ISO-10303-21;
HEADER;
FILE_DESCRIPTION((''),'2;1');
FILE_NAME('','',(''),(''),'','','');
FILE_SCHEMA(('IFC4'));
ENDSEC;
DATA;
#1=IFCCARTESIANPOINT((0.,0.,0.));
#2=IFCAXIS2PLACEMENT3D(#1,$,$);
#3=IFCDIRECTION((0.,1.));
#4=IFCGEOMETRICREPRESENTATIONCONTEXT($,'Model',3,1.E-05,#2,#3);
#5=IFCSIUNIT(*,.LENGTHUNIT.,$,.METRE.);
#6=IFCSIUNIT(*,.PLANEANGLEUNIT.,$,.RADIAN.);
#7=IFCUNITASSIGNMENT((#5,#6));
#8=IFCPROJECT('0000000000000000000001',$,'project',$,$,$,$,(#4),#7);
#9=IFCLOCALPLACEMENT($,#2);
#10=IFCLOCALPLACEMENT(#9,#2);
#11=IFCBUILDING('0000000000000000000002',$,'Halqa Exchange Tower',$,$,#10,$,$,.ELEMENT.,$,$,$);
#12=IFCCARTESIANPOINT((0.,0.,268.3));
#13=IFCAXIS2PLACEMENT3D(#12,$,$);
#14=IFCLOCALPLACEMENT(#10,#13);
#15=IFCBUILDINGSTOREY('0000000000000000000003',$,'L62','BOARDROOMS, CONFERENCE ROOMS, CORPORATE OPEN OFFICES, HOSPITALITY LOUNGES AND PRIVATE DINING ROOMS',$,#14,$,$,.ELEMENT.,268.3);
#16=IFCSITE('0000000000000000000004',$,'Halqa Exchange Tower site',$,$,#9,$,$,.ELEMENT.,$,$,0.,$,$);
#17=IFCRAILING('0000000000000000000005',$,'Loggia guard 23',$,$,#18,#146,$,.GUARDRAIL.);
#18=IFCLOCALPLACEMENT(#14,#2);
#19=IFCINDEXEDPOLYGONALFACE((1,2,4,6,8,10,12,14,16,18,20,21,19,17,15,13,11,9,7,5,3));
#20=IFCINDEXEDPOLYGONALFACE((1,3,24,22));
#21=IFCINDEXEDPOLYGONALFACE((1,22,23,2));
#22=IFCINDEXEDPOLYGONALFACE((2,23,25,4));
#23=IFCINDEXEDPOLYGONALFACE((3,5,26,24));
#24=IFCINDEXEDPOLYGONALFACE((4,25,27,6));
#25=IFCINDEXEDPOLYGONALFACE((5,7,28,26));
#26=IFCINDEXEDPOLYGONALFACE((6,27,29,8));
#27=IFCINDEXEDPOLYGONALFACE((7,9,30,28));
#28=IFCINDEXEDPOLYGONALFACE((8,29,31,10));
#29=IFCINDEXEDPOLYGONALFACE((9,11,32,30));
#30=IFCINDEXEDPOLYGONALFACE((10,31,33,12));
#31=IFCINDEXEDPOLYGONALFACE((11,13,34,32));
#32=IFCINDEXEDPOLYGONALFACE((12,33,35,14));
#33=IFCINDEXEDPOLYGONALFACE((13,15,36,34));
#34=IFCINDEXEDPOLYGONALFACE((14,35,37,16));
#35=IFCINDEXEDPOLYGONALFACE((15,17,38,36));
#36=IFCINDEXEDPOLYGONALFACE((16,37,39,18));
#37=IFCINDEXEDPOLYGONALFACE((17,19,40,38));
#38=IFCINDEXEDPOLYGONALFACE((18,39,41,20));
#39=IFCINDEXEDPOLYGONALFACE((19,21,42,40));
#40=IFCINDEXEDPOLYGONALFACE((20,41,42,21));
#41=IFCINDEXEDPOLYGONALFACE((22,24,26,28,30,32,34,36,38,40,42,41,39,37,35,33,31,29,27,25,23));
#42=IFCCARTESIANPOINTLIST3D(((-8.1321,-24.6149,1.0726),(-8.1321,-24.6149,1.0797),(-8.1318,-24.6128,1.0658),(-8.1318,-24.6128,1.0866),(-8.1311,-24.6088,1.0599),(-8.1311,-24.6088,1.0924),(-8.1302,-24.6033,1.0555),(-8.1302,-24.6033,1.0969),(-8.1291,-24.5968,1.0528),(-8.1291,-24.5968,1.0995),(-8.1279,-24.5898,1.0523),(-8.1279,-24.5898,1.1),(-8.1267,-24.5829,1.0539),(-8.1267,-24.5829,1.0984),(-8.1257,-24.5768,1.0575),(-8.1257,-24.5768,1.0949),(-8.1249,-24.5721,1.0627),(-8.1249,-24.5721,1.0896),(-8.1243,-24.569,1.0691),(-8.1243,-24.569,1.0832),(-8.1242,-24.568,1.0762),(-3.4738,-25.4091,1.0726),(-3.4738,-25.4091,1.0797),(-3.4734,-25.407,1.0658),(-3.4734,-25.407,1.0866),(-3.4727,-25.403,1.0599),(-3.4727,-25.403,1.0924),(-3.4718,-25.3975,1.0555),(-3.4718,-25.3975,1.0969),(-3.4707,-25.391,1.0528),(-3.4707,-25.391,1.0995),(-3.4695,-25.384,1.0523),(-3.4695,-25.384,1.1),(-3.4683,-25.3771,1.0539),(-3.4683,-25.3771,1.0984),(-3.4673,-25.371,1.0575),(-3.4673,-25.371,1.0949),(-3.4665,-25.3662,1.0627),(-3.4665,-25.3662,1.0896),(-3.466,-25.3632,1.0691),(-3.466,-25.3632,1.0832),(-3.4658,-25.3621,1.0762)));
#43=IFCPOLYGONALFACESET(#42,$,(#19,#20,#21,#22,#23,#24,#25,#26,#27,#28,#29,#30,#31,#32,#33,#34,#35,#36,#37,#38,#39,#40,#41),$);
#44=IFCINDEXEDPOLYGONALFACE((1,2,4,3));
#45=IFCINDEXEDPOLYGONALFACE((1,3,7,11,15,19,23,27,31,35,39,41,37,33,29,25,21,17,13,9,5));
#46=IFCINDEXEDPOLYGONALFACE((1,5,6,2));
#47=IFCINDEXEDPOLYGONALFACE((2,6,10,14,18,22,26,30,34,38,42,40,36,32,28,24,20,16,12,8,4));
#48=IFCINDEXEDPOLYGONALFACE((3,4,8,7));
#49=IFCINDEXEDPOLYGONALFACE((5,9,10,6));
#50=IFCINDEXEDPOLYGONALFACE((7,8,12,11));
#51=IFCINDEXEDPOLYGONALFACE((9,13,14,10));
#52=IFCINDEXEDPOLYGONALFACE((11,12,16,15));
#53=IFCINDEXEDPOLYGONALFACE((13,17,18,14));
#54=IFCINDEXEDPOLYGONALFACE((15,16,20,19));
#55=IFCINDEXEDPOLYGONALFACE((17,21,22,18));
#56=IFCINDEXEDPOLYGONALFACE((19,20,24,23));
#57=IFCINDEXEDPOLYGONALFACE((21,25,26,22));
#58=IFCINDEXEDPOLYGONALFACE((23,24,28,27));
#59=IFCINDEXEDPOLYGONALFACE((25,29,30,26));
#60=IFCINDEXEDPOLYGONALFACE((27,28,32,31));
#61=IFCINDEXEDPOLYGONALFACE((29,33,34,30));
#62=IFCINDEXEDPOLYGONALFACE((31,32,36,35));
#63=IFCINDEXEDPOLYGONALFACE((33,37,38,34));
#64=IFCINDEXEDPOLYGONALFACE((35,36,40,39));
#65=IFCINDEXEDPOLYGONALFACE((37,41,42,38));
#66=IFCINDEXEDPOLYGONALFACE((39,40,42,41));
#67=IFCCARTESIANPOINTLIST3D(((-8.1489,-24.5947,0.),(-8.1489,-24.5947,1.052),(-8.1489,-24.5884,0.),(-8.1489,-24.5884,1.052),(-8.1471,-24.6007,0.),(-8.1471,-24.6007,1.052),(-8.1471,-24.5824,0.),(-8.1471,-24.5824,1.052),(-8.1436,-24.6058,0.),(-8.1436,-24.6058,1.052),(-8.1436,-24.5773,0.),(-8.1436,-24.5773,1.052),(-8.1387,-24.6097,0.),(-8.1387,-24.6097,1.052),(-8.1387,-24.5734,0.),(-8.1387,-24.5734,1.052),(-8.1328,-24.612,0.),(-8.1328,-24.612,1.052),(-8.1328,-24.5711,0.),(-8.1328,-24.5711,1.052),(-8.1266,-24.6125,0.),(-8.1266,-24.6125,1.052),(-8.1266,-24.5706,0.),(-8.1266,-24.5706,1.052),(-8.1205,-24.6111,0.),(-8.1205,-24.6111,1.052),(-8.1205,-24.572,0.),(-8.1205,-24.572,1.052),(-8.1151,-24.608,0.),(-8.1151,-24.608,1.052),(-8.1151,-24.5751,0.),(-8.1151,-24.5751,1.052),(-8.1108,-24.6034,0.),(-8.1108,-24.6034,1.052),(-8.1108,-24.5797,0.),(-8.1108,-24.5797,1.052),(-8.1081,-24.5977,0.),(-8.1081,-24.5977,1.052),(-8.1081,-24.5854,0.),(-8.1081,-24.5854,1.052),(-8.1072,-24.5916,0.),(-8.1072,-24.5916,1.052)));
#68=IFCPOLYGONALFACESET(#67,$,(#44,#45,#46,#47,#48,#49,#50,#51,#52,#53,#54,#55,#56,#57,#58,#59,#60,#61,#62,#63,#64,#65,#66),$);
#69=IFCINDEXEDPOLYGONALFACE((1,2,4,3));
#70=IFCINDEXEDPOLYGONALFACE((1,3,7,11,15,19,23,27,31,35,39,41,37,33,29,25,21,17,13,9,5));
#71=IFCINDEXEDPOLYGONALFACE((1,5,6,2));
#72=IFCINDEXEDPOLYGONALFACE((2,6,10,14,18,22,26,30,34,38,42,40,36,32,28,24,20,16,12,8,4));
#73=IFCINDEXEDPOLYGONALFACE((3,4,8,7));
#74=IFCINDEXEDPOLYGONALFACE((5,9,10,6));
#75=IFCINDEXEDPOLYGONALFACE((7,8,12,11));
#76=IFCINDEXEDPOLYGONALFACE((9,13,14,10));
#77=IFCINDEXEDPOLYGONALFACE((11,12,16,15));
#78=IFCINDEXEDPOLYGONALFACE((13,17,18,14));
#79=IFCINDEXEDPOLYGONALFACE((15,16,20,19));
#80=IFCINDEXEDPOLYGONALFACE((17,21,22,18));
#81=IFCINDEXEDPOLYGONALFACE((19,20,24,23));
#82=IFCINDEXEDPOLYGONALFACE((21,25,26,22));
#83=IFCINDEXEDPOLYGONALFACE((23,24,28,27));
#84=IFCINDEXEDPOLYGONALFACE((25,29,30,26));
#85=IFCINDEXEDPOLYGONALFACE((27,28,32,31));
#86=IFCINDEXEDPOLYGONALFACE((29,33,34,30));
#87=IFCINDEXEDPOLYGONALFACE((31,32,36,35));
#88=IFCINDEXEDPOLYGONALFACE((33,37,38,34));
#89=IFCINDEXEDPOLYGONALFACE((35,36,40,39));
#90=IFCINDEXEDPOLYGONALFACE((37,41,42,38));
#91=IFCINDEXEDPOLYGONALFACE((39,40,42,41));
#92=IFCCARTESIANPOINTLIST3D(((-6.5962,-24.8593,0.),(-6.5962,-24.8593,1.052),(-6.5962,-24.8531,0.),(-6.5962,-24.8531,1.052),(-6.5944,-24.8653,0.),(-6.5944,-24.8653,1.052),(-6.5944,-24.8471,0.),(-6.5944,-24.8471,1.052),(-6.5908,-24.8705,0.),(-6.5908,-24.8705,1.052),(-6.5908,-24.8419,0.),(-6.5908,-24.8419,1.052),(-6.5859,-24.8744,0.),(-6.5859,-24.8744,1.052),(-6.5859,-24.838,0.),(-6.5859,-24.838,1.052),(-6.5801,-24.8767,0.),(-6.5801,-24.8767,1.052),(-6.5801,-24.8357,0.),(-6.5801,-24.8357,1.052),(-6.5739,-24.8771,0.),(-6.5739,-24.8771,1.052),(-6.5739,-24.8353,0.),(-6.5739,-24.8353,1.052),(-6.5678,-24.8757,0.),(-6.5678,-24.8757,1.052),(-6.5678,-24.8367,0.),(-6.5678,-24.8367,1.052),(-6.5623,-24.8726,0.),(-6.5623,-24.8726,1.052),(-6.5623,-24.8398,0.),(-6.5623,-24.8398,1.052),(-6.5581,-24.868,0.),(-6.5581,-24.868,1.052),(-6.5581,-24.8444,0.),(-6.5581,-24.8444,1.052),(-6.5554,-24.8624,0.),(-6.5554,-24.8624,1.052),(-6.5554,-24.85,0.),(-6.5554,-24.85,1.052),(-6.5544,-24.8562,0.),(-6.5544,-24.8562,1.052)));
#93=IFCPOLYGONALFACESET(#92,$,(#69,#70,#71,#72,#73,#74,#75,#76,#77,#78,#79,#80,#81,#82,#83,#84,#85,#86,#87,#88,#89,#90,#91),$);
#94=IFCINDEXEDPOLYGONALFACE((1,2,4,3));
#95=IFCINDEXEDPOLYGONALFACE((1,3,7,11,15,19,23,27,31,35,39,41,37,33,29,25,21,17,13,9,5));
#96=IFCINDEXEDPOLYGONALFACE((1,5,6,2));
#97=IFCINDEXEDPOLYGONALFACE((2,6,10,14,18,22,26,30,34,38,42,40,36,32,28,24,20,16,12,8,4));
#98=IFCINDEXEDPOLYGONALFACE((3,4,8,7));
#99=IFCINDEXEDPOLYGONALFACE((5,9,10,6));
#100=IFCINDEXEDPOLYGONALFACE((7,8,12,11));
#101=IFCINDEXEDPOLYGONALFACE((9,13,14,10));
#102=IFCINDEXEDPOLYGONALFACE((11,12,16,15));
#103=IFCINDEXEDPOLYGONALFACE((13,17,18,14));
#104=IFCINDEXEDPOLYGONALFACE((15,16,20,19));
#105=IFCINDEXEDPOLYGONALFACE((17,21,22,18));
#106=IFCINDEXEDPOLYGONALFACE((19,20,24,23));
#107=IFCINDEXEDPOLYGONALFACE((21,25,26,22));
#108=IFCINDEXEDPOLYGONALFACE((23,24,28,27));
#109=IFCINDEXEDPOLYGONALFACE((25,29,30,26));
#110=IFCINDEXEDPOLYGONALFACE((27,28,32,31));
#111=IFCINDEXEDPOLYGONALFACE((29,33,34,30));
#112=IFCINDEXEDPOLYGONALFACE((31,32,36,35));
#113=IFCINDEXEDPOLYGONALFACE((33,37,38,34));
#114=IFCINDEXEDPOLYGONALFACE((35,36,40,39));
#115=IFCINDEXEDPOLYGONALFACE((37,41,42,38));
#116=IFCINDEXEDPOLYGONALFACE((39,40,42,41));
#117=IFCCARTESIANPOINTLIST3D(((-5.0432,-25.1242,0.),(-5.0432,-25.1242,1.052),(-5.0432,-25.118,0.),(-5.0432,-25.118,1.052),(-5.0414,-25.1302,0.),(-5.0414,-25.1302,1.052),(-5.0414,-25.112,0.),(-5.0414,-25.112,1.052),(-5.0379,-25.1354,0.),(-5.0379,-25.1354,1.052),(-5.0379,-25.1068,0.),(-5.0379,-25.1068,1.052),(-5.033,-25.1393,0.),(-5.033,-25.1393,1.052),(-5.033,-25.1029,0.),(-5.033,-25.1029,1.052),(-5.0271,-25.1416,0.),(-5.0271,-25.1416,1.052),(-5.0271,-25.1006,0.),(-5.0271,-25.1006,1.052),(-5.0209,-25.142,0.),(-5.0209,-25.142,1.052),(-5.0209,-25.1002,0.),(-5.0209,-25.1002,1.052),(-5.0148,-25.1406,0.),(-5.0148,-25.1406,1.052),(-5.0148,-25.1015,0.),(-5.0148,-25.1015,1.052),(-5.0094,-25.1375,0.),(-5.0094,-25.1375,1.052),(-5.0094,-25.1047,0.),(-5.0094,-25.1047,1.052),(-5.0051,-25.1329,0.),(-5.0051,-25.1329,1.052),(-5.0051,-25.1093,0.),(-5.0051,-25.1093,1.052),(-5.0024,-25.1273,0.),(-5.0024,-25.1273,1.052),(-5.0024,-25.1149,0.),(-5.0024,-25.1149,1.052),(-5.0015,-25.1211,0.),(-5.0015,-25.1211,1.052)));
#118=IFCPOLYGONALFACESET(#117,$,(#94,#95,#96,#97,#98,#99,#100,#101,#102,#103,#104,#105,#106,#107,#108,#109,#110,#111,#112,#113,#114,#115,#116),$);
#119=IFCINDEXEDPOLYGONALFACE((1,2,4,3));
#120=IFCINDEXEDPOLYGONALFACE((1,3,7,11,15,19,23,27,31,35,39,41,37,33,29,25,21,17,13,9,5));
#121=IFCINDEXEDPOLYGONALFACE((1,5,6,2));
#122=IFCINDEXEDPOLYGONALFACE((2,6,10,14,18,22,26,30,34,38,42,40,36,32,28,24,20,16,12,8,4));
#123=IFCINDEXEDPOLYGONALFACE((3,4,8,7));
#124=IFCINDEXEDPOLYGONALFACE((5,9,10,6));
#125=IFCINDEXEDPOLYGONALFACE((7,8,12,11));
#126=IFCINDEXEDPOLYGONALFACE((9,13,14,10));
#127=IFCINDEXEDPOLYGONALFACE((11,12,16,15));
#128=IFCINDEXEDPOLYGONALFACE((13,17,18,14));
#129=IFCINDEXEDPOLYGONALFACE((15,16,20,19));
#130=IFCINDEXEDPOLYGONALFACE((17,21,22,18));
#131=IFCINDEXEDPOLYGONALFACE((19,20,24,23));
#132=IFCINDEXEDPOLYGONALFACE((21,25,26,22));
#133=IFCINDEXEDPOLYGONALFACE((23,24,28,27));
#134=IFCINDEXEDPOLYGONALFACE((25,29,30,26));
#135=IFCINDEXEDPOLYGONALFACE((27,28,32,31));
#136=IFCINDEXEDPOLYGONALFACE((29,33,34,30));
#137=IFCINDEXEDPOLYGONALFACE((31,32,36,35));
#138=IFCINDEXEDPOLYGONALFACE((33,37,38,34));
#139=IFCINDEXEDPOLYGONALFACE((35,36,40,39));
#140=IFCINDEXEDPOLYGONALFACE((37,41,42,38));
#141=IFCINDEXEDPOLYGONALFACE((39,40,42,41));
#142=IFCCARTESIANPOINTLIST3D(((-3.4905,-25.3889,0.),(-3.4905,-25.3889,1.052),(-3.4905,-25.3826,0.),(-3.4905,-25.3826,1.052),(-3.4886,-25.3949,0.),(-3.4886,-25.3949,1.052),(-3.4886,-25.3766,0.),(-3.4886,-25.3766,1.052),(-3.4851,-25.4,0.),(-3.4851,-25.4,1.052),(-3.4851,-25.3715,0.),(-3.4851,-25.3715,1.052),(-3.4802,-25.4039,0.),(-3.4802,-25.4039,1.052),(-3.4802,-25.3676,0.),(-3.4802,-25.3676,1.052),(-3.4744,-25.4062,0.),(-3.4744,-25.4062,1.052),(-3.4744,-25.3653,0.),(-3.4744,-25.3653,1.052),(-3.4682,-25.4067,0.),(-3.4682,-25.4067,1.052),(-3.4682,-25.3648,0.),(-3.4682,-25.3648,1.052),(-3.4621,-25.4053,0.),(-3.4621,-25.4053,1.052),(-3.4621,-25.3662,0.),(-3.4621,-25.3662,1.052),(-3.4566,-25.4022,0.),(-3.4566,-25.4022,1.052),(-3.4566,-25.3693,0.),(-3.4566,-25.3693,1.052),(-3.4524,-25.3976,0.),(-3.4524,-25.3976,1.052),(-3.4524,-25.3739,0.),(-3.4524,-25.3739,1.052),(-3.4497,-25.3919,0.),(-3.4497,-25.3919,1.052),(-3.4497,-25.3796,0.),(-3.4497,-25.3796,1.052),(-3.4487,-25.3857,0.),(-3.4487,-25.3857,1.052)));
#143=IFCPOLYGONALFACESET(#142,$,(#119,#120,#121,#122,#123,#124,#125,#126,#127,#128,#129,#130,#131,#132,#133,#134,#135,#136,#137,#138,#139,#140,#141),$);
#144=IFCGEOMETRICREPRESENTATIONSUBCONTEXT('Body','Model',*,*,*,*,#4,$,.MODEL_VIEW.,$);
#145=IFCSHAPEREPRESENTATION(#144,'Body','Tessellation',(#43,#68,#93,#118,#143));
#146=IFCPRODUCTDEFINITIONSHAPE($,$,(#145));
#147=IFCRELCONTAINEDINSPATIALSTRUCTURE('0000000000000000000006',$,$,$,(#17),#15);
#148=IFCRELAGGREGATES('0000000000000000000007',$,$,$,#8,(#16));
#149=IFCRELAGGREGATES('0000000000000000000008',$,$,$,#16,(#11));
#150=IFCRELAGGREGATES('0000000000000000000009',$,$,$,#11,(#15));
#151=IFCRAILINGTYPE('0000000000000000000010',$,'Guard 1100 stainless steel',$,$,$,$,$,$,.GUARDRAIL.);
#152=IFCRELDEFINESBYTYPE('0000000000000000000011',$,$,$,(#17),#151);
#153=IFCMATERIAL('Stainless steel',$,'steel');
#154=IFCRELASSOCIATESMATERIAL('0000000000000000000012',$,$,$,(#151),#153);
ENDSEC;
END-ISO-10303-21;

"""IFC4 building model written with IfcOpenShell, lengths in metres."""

from ifc_helpers import new_model, si_unit, direction, frame, origin, origin_2d, place, context, subcontext, project, spatial, circle, extrude, material, type_object, element, save


model = new_model("IFC4")

# Units and contexts
model_context = context("Model", 3, precision=1e-05, world=origin(), true_north=direction((0.0, 1.0)))
body_context = subcontext(model_context, "Body", "Model", "MODEL_VIEW")
ifc_project = project(units=[si_unit("LENGTHUNIT", "METRE"), si_unit("PLANEANGLEUNIT", "RADIAN")], contexts=[model_context])

# Site, building, storey
site_placement = place(None, origin())
site = spatial("IfcSite", under=ifc_project, at=site_placement, Name="Halqa Exchange Tower site", CompositionType="ELEMENT", RefElevation=0.0)
building_placement = place(site_placement, origin())
building = spatial("IfcBuilding", under=site, at=building_placement, Name="Halqa Exchange Tower", CompositionType="ELEMENT")
storey_placement = place(building_placement, frame((0.0, 0.0, 268.3)))
storey = spatial("IfcBuildingStorey", under=building, at=storey_placement, Name="L62", Description="BOARDROOMS, CONFERENCE ROOMS, CORPORATE OPEN OFFICES, HOSPITALITY LOUNGES AND PRIVATE DINING ROOMS", CompositionType="ELEMENT", Elevation=268.3)

# Railing
ifc_material_1 = material(Name="Stainless steel", Category="steel")
railing_type = type_object("IfcRailingType", Name="Guard 1100 stainless steel", PredefinedType="GUARDRAIL", material=ifc_material_1)
railing_1_placement = place(storey_placement, frame((-8.1282, -24.5916, 0.0)))
element("IfcRailing", 1, at=railing_1_placement, inside=storey, type_object=railing_type, Name="Loggia guard 23", PredefinedType="GUARDRAIL", context=body_context, shape_type="SweptSolid", body=[
    extrude(circle(Radius=0.0239, at=origin_2d()), frame((0.0, 0.0, 1.0762), z_axis=(0.985777, -0.168059, 0.0), x_axis=(0.168059, 0.985777, 0.0)), (0.0, 0.0, 1.0), 4.7256),
    extrude(circle(Radius=0.021, at=origin_2d()), origin(), (0.0, 0.0, 1.0), 1.052),
    extrude(circle(Radius=0.021, at=origin_2d()), frame((1.5527, -0.2646, 0.0)), (0.0, 0.0, 1.0), 1.052),
    extrude(circle(Radius=0.021, at=origin_2d()), frame((3.1057, -0.5295, 0.0)), (0.0, 0.0, 1.0), 1.052),
    extrude(circle(Radius=0.021, at=origin_2d()), frame((4.6584, -0.7942, 0.0)), (0.0, 0.0, 1.0), 1.052),
])

save(model, "model.ifc")
